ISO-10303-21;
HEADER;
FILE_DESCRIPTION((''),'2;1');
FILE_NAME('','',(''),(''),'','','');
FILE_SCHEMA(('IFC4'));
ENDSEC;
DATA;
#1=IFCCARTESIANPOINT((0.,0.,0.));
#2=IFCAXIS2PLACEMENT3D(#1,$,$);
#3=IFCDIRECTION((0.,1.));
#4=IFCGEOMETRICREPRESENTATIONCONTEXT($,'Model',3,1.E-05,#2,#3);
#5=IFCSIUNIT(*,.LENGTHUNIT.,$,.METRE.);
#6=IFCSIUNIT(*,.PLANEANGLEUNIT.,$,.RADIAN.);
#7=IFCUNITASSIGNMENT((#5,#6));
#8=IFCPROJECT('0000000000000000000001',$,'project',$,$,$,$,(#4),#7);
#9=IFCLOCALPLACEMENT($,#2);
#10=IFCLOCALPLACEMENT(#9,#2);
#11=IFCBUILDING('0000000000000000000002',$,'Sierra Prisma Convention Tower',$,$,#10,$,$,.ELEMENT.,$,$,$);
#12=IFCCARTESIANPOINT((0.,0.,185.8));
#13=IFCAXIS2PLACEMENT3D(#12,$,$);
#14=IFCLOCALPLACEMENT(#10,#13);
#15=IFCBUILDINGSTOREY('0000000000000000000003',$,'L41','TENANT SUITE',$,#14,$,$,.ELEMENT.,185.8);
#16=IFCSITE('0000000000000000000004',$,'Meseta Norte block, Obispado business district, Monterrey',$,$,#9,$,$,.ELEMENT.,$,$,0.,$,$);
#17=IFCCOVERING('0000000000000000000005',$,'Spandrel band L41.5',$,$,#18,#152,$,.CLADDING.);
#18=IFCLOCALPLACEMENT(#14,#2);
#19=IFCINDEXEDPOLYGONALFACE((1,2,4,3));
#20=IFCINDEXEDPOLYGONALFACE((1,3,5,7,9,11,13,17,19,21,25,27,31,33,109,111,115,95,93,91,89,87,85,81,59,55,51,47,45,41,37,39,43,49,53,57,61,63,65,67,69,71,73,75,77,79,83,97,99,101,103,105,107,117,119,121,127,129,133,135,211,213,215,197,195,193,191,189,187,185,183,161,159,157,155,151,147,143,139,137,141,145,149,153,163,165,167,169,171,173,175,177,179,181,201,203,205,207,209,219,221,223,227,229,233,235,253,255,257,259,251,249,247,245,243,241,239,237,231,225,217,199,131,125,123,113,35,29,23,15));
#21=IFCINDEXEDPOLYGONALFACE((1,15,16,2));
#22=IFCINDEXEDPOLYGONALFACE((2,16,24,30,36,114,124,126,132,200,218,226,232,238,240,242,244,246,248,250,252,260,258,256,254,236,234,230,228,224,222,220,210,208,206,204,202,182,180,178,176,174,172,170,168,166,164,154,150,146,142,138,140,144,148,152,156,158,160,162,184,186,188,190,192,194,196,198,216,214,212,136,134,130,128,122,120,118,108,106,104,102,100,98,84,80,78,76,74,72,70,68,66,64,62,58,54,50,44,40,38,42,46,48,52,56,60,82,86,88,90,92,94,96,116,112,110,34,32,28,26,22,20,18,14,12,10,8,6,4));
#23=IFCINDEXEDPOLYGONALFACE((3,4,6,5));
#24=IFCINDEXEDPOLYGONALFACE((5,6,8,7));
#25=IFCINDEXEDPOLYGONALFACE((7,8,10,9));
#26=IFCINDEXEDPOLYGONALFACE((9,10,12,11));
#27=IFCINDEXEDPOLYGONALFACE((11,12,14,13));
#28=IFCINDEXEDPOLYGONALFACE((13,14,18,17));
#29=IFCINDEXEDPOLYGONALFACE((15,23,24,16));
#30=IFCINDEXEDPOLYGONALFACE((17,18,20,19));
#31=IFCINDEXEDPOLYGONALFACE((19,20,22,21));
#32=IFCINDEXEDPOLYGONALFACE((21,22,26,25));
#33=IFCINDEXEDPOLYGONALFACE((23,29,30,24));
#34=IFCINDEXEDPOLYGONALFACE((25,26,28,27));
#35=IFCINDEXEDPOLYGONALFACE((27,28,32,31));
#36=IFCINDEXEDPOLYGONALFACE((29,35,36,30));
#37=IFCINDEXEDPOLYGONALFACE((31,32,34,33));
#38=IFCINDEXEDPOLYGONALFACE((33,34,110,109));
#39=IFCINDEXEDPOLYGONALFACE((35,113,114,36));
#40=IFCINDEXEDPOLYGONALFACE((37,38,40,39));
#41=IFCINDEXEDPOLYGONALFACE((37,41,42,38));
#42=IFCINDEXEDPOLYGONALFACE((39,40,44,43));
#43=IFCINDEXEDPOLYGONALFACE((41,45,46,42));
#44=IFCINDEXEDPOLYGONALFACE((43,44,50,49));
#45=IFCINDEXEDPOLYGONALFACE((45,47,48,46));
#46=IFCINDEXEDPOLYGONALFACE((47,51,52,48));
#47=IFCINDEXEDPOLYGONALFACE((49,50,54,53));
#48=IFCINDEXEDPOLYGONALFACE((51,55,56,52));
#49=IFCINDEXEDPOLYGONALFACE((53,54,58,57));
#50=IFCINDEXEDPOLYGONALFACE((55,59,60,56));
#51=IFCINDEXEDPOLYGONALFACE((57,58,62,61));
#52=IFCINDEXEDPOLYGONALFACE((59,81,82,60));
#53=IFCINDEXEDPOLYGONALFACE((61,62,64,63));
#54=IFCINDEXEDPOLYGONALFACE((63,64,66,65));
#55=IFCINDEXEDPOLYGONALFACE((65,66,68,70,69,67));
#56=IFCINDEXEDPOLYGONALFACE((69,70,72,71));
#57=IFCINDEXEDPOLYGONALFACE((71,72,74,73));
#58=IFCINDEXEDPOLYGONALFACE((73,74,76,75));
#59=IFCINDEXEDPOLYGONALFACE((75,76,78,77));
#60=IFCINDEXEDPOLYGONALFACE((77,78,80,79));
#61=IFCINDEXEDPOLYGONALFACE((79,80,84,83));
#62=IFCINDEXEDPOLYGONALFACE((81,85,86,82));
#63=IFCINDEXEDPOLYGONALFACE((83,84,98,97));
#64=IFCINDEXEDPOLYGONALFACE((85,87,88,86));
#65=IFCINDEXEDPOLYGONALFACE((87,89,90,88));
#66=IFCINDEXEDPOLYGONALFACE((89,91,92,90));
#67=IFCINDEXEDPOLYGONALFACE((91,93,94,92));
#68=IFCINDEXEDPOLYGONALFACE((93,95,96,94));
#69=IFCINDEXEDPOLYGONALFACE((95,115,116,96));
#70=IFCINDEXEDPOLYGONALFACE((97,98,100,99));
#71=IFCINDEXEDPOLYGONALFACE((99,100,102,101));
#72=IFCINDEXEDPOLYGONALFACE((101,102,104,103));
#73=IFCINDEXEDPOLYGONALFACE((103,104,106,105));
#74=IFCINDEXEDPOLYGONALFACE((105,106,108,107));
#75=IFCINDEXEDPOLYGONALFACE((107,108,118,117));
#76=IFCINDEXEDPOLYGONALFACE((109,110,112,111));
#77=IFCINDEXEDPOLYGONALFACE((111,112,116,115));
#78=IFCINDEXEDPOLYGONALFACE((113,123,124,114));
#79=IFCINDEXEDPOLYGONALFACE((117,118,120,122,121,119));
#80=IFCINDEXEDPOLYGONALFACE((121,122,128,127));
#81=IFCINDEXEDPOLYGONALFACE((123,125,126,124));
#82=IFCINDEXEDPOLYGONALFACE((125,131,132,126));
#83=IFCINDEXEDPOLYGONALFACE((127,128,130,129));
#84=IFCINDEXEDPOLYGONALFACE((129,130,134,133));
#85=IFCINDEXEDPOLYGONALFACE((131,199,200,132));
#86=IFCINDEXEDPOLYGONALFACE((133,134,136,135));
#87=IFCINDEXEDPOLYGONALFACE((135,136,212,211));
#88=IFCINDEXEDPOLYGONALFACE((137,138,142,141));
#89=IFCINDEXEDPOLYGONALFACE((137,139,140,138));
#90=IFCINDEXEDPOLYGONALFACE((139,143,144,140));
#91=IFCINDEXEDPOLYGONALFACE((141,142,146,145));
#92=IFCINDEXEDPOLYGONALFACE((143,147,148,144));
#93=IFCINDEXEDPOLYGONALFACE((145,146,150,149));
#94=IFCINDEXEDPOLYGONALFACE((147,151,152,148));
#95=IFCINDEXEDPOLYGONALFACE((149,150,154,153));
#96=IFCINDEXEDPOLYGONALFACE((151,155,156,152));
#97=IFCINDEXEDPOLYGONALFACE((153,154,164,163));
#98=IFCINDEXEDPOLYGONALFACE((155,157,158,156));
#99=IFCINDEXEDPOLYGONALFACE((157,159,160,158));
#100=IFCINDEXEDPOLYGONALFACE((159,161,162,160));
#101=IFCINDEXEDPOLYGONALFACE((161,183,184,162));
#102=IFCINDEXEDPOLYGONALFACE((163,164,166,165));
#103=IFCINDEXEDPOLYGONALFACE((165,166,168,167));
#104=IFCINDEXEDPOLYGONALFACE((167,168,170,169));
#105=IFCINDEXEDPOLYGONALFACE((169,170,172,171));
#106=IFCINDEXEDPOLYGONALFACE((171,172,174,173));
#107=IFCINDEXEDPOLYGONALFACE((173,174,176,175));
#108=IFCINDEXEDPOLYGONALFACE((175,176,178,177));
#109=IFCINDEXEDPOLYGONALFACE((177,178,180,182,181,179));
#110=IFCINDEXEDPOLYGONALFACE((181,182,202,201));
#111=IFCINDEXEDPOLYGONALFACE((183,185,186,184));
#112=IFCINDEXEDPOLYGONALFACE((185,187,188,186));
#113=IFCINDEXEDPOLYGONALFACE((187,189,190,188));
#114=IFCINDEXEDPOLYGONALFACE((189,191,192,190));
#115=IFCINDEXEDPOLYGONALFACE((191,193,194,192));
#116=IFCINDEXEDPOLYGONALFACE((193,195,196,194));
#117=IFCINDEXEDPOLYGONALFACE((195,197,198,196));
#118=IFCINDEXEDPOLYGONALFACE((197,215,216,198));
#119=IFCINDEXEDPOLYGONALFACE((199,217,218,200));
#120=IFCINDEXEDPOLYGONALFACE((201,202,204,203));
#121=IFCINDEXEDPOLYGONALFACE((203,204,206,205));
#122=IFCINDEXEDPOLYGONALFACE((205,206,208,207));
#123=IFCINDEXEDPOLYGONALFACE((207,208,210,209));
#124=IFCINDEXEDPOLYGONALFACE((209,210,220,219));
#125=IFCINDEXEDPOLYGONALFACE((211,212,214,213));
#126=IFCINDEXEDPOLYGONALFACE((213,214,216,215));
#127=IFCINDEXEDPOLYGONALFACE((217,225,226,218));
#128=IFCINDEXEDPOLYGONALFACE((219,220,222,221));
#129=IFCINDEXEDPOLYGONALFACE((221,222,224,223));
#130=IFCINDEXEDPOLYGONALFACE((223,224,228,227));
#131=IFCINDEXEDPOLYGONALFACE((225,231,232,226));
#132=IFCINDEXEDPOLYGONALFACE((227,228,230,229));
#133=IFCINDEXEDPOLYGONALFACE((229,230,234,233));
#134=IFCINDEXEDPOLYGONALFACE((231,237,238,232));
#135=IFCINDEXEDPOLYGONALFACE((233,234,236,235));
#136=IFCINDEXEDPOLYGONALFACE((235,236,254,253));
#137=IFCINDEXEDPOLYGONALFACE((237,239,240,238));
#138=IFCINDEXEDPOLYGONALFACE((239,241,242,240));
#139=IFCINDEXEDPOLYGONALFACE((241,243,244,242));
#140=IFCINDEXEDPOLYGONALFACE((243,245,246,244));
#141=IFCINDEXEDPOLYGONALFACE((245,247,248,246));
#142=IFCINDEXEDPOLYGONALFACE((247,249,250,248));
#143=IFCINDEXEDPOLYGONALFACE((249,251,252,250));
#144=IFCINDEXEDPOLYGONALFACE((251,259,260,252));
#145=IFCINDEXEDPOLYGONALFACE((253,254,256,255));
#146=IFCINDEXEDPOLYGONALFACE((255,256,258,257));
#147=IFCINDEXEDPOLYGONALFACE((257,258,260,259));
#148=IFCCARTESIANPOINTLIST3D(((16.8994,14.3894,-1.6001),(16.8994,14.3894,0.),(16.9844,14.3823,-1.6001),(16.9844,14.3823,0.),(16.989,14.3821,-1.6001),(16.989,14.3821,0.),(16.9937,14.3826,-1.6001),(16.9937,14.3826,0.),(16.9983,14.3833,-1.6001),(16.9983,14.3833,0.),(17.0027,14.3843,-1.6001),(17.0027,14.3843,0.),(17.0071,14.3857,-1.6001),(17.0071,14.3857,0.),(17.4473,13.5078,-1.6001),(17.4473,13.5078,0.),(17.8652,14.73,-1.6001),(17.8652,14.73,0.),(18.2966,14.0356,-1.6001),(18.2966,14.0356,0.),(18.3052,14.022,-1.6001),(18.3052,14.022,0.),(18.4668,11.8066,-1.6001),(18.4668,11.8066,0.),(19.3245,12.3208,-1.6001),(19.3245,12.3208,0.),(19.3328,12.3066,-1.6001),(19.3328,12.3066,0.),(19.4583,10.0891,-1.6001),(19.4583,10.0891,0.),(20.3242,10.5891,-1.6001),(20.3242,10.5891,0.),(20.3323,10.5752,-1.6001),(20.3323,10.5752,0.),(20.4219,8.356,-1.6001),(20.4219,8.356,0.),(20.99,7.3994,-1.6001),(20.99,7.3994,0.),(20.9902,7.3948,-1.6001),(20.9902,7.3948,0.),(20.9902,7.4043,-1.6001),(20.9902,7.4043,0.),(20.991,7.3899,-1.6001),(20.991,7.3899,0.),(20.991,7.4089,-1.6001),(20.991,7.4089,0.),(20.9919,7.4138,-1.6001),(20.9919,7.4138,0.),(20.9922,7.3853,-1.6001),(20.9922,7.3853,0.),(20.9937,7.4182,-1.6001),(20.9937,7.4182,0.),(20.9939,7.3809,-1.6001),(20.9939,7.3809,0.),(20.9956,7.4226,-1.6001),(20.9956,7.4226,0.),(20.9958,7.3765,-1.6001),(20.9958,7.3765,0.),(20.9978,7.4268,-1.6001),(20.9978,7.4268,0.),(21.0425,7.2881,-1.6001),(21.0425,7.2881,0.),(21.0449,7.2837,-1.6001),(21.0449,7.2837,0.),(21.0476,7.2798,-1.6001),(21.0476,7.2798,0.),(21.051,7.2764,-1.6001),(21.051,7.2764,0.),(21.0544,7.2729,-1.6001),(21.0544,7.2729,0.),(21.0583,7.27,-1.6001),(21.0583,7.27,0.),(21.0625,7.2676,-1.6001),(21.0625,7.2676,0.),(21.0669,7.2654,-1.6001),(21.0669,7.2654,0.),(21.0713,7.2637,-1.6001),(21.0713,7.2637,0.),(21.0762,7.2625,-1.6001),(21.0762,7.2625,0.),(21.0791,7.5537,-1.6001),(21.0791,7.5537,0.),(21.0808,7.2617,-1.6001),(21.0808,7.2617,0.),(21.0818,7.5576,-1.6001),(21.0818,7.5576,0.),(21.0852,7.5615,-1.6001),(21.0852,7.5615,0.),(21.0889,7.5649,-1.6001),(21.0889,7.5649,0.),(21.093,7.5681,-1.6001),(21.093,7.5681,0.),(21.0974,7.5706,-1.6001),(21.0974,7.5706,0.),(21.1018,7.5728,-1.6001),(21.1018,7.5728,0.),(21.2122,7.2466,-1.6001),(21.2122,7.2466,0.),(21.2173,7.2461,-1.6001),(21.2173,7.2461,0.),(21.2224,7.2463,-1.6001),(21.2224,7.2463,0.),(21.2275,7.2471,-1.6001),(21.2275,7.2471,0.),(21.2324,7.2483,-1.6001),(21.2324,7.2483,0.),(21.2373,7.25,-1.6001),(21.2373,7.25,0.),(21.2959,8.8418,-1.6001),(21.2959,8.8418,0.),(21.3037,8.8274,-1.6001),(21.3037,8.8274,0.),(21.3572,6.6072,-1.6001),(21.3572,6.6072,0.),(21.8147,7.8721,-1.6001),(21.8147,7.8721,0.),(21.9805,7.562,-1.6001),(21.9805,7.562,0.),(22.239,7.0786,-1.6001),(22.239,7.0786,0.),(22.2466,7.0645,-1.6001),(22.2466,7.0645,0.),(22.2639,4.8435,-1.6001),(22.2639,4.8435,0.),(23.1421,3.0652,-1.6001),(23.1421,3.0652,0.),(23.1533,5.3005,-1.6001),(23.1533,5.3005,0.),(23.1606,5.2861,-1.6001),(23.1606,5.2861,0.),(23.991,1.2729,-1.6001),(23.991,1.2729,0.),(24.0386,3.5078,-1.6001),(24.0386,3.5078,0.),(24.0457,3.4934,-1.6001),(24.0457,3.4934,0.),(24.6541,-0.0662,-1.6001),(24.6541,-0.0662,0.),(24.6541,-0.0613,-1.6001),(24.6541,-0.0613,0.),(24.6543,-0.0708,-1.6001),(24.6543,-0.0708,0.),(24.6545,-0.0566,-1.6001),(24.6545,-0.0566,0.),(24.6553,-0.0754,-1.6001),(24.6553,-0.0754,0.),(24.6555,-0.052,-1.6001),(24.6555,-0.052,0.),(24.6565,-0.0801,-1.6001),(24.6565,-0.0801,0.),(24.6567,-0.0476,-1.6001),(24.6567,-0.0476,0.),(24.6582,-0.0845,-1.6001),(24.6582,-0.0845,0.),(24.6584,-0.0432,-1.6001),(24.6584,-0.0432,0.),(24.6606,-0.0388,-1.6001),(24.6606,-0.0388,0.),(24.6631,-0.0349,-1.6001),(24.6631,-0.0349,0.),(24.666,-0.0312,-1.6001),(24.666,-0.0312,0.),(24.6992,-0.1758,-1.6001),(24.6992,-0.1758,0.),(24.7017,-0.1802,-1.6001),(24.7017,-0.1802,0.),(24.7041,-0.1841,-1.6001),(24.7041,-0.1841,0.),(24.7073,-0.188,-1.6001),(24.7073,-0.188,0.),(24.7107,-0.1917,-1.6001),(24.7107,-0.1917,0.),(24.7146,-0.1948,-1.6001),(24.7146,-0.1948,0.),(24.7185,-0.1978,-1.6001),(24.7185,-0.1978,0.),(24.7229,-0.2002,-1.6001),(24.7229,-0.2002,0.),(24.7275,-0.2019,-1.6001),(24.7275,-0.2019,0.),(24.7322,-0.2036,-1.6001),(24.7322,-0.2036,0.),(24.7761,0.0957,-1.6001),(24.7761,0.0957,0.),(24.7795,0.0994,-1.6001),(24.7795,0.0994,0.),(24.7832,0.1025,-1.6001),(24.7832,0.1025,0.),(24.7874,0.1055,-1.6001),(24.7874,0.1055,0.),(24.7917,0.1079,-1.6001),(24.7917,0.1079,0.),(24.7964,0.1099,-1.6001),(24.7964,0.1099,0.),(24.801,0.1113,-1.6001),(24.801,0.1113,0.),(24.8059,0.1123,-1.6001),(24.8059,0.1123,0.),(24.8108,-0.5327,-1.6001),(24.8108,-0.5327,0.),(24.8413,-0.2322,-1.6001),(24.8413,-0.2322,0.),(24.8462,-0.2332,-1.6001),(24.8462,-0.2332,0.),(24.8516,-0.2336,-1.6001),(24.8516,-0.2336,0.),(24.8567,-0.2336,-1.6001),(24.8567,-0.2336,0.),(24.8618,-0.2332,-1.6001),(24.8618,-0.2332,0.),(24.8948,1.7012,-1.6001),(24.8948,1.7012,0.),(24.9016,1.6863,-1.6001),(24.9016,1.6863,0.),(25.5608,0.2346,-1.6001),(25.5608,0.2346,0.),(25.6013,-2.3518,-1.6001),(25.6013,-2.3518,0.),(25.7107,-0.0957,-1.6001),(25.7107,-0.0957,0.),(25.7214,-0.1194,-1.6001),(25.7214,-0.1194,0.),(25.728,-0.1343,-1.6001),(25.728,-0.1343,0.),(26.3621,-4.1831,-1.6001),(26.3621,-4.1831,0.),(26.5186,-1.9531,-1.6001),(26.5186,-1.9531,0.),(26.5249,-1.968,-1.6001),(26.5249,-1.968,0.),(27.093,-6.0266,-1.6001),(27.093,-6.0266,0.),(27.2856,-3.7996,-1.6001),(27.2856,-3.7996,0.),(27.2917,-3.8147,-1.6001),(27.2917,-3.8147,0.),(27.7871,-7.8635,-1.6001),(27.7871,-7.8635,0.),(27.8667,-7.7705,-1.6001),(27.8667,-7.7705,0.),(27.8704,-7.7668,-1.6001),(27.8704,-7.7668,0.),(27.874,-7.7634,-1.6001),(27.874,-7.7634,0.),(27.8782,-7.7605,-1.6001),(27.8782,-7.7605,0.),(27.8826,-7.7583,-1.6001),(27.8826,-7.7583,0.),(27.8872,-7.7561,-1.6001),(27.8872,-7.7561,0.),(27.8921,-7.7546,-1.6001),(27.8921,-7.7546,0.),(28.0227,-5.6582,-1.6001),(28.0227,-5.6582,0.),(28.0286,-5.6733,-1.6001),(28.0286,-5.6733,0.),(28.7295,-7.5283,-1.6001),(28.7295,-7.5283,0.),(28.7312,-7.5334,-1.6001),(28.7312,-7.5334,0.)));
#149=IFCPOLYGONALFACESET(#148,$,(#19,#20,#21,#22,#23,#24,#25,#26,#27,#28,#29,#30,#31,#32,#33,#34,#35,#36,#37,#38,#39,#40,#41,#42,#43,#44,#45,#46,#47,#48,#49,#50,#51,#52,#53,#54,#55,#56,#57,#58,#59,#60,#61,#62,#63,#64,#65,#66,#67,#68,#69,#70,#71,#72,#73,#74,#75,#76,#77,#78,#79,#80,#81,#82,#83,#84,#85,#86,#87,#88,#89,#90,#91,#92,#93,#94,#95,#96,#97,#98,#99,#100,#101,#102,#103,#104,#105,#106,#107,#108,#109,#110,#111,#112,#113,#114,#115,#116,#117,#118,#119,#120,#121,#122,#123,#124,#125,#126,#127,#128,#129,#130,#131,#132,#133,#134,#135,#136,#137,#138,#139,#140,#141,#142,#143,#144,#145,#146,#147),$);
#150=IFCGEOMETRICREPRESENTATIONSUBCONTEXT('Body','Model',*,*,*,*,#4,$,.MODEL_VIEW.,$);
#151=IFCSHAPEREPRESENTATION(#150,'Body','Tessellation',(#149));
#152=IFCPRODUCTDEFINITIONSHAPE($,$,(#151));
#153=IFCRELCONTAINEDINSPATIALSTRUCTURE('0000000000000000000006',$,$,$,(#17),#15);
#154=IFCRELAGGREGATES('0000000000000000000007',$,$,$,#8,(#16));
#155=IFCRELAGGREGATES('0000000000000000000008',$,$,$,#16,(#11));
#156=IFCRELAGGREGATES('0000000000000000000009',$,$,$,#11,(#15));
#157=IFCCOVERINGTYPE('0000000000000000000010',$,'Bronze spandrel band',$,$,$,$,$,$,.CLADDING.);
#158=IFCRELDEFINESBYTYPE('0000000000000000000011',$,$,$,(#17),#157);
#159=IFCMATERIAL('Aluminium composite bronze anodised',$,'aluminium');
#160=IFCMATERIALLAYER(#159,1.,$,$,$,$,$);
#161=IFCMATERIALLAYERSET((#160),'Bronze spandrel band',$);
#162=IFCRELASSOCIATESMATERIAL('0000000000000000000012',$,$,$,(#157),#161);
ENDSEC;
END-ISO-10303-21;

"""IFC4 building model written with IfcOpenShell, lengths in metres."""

from ifc_helpers import new_model, si_unit, direction, frame, origin, place, context, subcontext, project, spatial, polyline, outline, extrude, material, layer, layer_set, type_object, element, save


model = new_model("IFC4")

# Units and contexts
model_context = context("Model", 3, precision=1e-05, world=origin(), true_north=direction((0.0, 1.0)))
body_context = subcontext(model_context, "Body", "Model", "MODEL_VIEW")
ifc_project = project(units=[si_unit("LENGTHUNIT", "METRE"), si_unit("PLANEANGLEUNIT", "RADIAN")], contexts=[model_context])

# Site, building, storey
site_placement = place(None, origin())
site = spatial("IfcSite", under=ifc_project, at=site_placement, Name="Meseta Norte block, Obispado business district, Monterrey", CompositionType="ELEMENT", RefElevation=0.0)
building_placement = place(site_placement, origin())
building = spatial("IfcBuilding", under=site, at=building_placement, Name="Sierra Prisma Convention Tower", CompositionType="ELEMENT")
storey_placement = place(building_placement, frame((0.0, 0.0, 185.8)))
storey = spatial("IfcBuildingStorey", under=building, at=storey_placement, Name="L41", Description="TENANT SUITE", CompositionType="ELEMENT", Elevation=185.8)

# Covering
ifc_material_1 = material(Name="Aluminium composite bronze anodised", Category="aluminium")
ifc_layer_1 = layer(ifc_material_1, 1.0)
ifc_layer_set_1 = layer_set([ifc_layer_1], Name="Bronze spandrel band")
covering_type_1 = type_object("IfcCoveringType", Name="Bronze spandrel band", PredefinedType="CLADDING", material=ifc_layer_set_1)
covering_1_placement = place(storey_placement, frame((0.0, 0.0, -1.6001)))
element("IfcCovering", 1, at=covering_1_placement, inside=storey, type_object=covering_type_1, Name="Spandrel band L41.5", PredefinedType="CLADDING", context=body_context, shape_type="SweptSolid", body=[
    extrude(outline(polyline([(21.3037, 8.8274), (21.8147, 7.8721), (21.1018, 7.5728), (21.0974, 7.5706), (21.093, 7.5681), (21.0889, 7.5649), (21.0852, 7.5615), (21.0818, 7.5576), (21.0791, 7.5537), (20.9978, 7.4268), (20.9956, 7.4226), (20.9937, 7.4182), (20.9919, 7.4138), (20.991, 7.4089), (20.9902, 7.4043), (20.99, 7.3994), (20.9902, 7.3948), (20.991, 7.3899), (20.9922, 7.3853), (20.9939, 7.3809), (20.9958, 7.3765), (21.0425, 7.2881), (21.0449, 7.2837), (21.0476, 7.2798), (21.051, 7.2764), (21.0544, 7.2729), (21.0583, 7.27), (21.0625, 7.2676), (21.0669, 7.2654), (21.0713, 7.2637), (21.0762, 7.2625), (21.0808, 7.2617), (21.2122, 7.2466), (21.2173, 7.2461), (21.2224, 7.2463), (21.2275, 7.2471), (21.2324, 7.2483), (21.2373, 7.25), (21.9805, 7.562), (22.239, 7.0786), (22.2466, 7.0645), (23.1533, 5.3005), (23.1606, 5.2861), (24.0386, 3.5078), (24.0457, 3.4934), (24.8948, 1.7012), (24.9016, 1.6863), (25.5608, 0.2346), (24.8059, 0.1123), (24.801, 0.1113), (24.7964, 0.1099), (24.7917, 0.1079), (24.7874, 0.1055), (24.7832, 0.1025), (24.7795, 0.0994), (24.7761, 0.0957), (24.666, -0.0312), (24.6631, -0.0349), (24.6606, -0.0388), (24.6584, -0.0432), (24.6567, -0.0476), (24.6555, -0.052), (24.6545, -0.0566), (24.6541, -0.0613), (24.6541, -0.0662), (24.6543, -0.0708), (24.6553, -0.0754), (24.6565, -0.0801), (24.6582, -0.0845), (24.6992, -0.1758), (24.7017, -0.1802), (24.7041, -0.1841), (24.7073, -0.188), (24.7107, -0.1917), (24.7146, -0.1948), (24.7185, -0.1978), (24.7229, -0.2002), (24.7275, -0.2019), (24.7322, -0.2036), (24.8413, -0.2322), (24.8462, -0.2332), (24.8516, -0.2336), (24.8567, -0.2336), (24.8618, -0.2332), (25.7107, -0.0957), (25.7214, -0.1194), (25.728, -0.1343), (26.5186, -1.9531), (26.5249, -1.968), (27.2856, -3.7996), (27.2917, -3.8147), (28.0227, -5.6582), (28.0286, -5.6733), (28.7295, -7.5283), (28.7312, -7.5334), (27.8921, -7.7546), (27.8872, -7.7561), (27.8826, -7.7583), (27.8782, -7.7605), (27.874, -7.7634), (27.8704, -7.7668), (27.8667, -7.7705), (27.7871, -7.8635), (27.093, -6.0266), (26.3621, -4.1831), (25.6013, -2.3518), (24.8108, -0.5327), (23.991, 1.2729), (23.1421, 3.0652), (22.2639, 4.8435), (21.3572, 6.6072), (20.4219, 8.356), (19.4583, 10.0891), (18.4668, 11.8066), (17.4473, 13.5078), (16.8994, 14.3894), (16.9844, 14.3823), (16.989, 14.3821), (16.9937, 14.3826), (16.9983, 14.3833), (17.0027, 14.3843), (17.0071, 14.3857), (17.8652, 14.73), (18.2966, 14.0356), (18.3052, 14.022), (19.3245, 12.3208), (19.3328, 12.3066), (20.3242, 10.5891), (20.3323, 10.5752), (21.2959, 8.8418), (21.3037, 8.8274)])), origin(), (0.0, 0.0, 1.0), 1.6001),
])

save(model, "model.ifc")
